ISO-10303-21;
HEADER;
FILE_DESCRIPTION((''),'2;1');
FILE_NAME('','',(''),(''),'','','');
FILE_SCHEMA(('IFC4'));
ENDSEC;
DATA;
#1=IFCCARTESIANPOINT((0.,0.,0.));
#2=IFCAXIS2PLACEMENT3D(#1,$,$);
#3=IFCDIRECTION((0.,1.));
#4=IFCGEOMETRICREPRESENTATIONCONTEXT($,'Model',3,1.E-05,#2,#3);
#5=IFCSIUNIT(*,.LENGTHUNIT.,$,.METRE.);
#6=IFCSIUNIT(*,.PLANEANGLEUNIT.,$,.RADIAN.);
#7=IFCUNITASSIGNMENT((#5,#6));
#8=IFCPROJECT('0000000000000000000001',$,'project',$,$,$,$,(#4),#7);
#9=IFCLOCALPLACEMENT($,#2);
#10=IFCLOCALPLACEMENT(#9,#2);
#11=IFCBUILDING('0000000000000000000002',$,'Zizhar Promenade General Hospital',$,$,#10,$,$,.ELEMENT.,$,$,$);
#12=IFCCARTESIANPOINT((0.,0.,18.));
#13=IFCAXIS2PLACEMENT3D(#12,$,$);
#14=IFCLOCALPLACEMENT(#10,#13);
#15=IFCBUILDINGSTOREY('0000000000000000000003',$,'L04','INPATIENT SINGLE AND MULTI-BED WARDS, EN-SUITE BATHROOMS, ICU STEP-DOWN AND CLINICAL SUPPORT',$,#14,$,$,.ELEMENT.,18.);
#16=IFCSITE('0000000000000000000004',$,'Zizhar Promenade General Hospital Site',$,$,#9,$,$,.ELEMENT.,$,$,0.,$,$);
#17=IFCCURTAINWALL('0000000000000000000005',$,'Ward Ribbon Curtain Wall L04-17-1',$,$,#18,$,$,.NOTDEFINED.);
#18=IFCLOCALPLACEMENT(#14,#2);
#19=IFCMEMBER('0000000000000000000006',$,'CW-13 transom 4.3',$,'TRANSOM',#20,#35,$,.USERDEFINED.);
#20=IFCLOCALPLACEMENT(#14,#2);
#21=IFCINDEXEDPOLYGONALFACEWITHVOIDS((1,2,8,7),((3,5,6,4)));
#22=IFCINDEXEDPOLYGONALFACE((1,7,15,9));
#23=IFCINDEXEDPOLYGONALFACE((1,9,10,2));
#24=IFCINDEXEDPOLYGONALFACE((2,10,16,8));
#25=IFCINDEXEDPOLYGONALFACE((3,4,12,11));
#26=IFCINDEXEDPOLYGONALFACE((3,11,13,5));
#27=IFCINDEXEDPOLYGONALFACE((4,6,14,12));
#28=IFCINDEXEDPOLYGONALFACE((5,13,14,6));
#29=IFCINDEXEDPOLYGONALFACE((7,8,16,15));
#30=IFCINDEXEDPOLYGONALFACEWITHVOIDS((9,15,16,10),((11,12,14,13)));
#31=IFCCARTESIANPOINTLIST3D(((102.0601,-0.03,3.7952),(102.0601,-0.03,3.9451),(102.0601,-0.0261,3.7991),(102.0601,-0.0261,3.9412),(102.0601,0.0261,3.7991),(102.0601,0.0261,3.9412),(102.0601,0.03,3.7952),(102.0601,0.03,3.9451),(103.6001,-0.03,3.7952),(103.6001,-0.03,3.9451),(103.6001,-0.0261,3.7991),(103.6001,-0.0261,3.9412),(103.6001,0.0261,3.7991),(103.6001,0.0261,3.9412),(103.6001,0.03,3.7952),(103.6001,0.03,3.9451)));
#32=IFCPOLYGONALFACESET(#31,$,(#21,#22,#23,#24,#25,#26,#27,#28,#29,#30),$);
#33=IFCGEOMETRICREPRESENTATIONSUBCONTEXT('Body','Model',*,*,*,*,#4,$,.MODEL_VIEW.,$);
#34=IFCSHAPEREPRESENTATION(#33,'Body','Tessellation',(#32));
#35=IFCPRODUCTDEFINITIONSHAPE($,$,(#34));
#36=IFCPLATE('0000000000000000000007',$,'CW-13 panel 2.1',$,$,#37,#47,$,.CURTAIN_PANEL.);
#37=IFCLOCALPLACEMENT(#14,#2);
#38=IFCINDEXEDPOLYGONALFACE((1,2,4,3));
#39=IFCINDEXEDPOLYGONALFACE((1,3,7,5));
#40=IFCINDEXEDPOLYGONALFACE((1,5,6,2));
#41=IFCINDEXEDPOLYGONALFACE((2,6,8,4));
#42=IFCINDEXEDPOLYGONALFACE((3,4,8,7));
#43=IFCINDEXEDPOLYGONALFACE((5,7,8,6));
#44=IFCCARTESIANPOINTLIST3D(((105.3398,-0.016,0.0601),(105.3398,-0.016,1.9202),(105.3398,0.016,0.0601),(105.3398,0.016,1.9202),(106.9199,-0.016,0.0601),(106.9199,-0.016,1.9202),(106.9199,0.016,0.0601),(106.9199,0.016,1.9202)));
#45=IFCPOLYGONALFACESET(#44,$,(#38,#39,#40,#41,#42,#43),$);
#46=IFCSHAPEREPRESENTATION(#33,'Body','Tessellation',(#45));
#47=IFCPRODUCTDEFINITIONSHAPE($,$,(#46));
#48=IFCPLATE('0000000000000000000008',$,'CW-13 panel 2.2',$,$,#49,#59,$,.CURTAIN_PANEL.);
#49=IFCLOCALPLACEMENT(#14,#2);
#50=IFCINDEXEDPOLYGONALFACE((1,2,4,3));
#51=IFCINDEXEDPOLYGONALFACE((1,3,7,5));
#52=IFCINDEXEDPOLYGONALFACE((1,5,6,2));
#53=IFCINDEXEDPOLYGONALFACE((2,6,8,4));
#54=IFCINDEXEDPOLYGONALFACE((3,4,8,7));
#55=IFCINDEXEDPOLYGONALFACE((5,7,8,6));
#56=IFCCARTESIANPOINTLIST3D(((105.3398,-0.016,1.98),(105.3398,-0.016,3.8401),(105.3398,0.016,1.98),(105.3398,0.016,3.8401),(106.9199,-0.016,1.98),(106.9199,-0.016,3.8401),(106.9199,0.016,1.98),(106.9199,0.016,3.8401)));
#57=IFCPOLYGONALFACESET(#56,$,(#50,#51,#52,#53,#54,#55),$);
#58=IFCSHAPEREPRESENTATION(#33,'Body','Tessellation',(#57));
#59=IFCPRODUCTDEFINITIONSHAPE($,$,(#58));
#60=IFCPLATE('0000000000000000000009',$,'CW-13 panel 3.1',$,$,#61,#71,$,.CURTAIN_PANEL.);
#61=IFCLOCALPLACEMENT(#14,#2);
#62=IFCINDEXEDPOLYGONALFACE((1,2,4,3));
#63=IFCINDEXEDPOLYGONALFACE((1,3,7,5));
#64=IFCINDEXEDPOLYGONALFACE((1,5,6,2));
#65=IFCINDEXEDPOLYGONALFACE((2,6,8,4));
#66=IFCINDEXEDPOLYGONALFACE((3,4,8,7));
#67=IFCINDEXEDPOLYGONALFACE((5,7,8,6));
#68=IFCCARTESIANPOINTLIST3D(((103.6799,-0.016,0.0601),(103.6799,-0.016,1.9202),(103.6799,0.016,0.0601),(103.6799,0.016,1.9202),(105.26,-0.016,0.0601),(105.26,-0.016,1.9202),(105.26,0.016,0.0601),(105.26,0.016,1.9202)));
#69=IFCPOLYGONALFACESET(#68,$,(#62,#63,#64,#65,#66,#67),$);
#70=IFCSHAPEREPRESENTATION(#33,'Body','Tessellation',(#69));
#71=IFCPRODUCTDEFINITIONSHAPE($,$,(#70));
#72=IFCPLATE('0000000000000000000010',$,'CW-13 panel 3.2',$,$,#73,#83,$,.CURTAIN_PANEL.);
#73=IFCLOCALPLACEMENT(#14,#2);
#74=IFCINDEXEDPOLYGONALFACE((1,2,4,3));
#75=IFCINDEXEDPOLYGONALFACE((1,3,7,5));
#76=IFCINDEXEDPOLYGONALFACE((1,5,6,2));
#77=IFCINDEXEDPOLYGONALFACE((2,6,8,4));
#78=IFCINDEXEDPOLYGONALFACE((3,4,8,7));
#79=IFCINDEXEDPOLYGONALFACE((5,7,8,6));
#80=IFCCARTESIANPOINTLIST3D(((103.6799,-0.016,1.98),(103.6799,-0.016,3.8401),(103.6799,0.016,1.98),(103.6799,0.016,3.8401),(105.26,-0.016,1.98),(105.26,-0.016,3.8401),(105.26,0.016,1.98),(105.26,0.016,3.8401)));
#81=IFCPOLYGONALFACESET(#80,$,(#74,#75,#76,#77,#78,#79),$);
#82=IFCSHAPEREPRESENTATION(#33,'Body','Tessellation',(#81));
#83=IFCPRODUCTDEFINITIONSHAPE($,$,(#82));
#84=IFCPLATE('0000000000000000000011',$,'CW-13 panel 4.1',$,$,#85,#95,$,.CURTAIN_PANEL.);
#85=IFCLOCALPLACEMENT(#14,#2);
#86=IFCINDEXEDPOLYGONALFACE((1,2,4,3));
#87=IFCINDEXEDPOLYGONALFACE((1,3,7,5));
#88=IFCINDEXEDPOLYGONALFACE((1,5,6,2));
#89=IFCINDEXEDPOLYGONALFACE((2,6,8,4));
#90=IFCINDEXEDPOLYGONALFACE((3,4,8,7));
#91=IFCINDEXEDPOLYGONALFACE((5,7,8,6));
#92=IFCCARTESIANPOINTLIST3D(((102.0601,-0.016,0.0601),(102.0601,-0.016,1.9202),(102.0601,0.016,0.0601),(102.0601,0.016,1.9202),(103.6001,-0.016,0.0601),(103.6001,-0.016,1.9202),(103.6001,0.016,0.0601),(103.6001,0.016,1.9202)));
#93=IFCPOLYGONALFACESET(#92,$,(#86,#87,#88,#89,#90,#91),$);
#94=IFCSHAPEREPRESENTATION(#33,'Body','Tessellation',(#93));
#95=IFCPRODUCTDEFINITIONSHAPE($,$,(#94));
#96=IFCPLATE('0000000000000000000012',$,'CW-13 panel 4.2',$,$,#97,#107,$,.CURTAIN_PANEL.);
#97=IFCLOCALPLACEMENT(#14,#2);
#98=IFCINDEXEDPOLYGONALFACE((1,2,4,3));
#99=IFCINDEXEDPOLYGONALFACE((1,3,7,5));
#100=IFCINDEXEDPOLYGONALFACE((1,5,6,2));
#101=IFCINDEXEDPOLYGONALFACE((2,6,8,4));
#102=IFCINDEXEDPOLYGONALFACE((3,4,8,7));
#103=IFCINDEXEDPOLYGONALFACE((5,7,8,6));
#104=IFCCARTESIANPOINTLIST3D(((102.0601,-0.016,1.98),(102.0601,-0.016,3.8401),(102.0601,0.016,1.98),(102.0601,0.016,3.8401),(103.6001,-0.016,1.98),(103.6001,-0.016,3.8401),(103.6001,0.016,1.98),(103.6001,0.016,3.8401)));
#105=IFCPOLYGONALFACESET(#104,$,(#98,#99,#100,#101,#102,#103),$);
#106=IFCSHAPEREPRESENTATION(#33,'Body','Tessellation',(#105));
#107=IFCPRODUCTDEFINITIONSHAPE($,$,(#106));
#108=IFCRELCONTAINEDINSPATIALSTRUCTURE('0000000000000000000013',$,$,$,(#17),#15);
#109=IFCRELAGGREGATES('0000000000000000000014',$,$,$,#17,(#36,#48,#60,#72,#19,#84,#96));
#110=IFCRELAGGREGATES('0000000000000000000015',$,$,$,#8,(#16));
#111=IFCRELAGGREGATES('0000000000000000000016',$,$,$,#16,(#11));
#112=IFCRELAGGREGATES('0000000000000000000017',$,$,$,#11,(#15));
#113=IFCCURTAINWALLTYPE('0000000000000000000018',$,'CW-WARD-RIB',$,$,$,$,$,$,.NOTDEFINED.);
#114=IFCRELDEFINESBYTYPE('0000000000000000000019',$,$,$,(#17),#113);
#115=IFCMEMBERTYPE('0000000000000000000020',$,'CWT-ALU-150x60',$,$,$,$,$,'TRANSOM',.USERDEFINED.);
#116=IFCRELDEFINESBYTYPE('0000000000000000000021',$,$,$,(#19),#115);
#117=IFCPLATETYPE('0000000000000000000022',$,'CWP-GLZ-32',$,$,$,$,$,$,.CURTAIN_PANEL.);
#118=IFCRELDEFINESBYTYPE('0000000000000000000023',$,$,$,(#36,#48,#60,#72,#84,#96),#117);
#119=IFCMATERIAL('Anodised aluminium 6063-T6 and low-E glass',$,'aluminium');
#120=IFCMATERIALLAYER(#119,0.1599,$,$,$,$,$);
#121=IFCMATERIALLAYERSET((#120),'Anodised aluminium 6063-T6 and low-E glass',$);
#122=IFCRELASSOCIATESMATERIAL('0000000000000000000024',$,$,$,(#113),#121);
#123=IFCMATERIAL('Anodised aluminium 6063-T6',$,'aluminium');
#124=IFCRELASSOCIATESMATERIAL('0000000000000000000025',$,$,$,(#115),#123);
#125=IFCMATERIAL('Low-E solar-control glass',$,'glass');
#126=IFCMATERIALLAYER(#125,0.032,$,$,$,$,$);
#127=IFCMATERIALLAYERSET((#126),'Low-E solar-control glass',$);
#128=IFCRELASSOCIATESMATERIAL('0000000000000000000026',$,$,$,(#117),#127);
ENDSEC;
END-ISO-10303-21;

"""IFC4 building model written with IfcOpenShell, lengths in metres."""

from ifc_helpers import new_model, si_unit, direction, frame, origin, origin_2d, place, context, subcontext, project, spatial, rectangle, hollow_rectangle, extrude, material, layer, layer_set, material_profile, profile_set, type_object, element, aggregate, save


model = new_model("IFC4")

# Units and contexts
model_context = context("Model", 3, precision=1e-05, world=origin(), true_north=direction((0.0, 1.0)))
body_context = subcontext(model_context, "Body", "Model", "MODEL_VIEW")
ifc_project = project(units=[si_unit("LENGTHUNIT", "METRE"), si_unit("PLANEANGLEUNIT", "RADIAN")], contexts=[model_context])

# Site, building, storey
site_placement = place(None, origin())
site = spatial("IfcSite", under=ifc_project, at=site_placement, Name="Zizhar Promenade General Hospital Site", CompositionType="ELEMENT", RefElevation=0.0)
building_placement = place(site_placement, origin())
building = spatial("IfcBuilding", under=site, at=building_placement, Name="Zizhar Promenade General Hospital", CompositionType="ELEMENT")
storey_placement = place(building_placement, frame((0.0, 0.0, 18.0)))
storey = spatial("IfcBuildingStorey", under=building, at=storey_placement, Name="L04", Description="INPATIENT SINGLE AND MULTI-BED WARDS, EN-SUITE BATHROOMS, ICU STEP-DOWN AND CLINICAL SUPPORT", CompositionType="ELEMENT", Elevation=18.0)

# Curtain wall, member, plates
ifc_material_1 = material(Name="Anodised aluminium 6063-T6 and low-E glass", Category="aluminium")
ifc_layer_1 = layer(ifc_material_1, 0.1599)
ifc_layer_set_1 = layer_set([ifc_layer_1], Name="Anodised aluminium 6063-T6 and low-E glass")
curtain_wall_type = type_object("IfcCurtainWallType", Name="CW-WARD-RIB", PredefinedType="NOTDEFINED", material=ifc_layer_set_1)
curtain_wall_placement = place(storey_placement, origin())
curtain_wall = element("IfcCurtainWall", 1, at=curtain_wall_placement, inside=storey, type_object=curtain_wall_type, Name="Ward Ribbon Curtain Wall L04-17-1", PredefinedType="NOTDEFINED")
ifc_material_2 = material(Name="Anodised aluminium 6063-T6", Category="aluminium")
ifc_material_profile_1 = material_profile(ifc_material_2, hollow_rectangle(XDim=0.0601, YDim=0.1499, WallThickness=0.0039, at=origin_2d()))
ifc_profile_set_1 = profile_set([ifc_material_profile_1], Name="Anodised aluminium 6063-T6")
member_type_1 = type_object("IfcMemberType", Name="CWT-ALU-150x60", ElementType="TRANSOM", PredefinedType="USERDEFINED", material=ifc_profile_set_1)
member_1_placement = place(storey_placement, frame((103.6001, 0.0, 3.8701), z_axis=(-1.0, 0.0, 0.0), x_axis=(0.0, -1.0, 0.0)))
member_1 = element("IfcMember", 2, at=member_1_placement, type_object=member_type_1, Name="CW-13 transom 4.3", ObjectType="TRANSOM", PredefinedType="USERDEFINED", context=body_context, shape_type="SweptSolid", body=[
    extrude(hollow_rectangle(XDim=0.0601, YDim=0.1499, WallThickness=0.0039, at=origin_2d()), origin(), (0.0, 0.0, 1.0), 1.54),
])
ifc_material_3 = material(Name="Low-E solar-control glass", Category="glass")
ifc_layer_2 = layer(ifc_material_3, 0.032)
ifc_layer_set_2 = layer_set([ifc_layer_2], Name="Low-E solar-control glass")
plate_type = type_object("IfcPlateType", Name="CWP-GLZ-32", PredefinedType="CURTAIN_PANEL", material=ifc_layer_set_2)
plate_1_placement = place(storey_placement, frame((106.1299, 0.0, 0.0601), z_axis=(0.0, 0.0, 1.0), x_axis=(-1.0, 0.0, 0.0)))
plate_1 = element("IfcPlate", 3, at=plate_1_placement, type_object=plate_type, Name="CW-13 panel 2.1", PredefinedType="CURTAIN_PANEL", context=body_context, shape_type="SweptSolid", body=[
    extrude(rectangle(XDim=1.5801, YDim=0.032, at=origin_2d()), origin(), (0.0, 0.0, 1.0), 1.8601),
])
plate_2_placement = place(storey_placement, frame((106.1299, 0.0, 1.98), z_axis=(0.0, 0.0, 1.0), x_axis=(-1.0, 0.0, 0.0)))
plate_2 = element("IfcPlate", 4, at=plate_2_placement, type_object=plate_type, Name="CW-13 panel 2.2", PredefinedType="CURTAIN_PANEL", context=body_context, shape_type="SweptSolid", body=[
    extrude(rectangle(XDim=1.5801, YDim=0.032, at=origin_2d()), origin(), (0.0, 0.0, 1.0), 1.8601),
])
plate_3_placement = place(storey_placement, frame((104.47, 0.0, 0.0601), z_axis=(0.0, 0.0, 1.0), x_axis=(-1.0, 0.0, 0.0)))
plate_3 = element("IfcPlate", 5, at=plate_3_placement, type_object=plate_type, Name="CW-13 panel 3.1", PredefinedType="CURTAIN_PANEL", context=body_context, shape_type="SweptSolid", body=[
    extrude(rectangle(XDim=1.5801, YDim=0.032, at=origin_2d()), origin(), (0.0, 0.0, 1.0), 1.8601),
])
plate_4_placement = place(storey_placement, frame((104.47, 0.0, 1.98), z_axis=(0.0, 0.0, 1.0), x_axis=(-1.0, 0.0, 0.0)))
plate_4 = element("IfcPlate", 6, at=plate_4_placement, type_object=plate_type, Name="CW-13 panel 3.2", PredefinedType="CURTAIN_PANEL", context=body_context, shape_type="SweptSolid", body=[
    extrude(rectangle(XDim=1.5801, YDim=0.032, at=origin_2d()), origin(), (0.0, 0.0, 1.0), 1.8601),
])
plate_5_placement = place(storey_placement, frame((102.8301, 0.0, 0.0601), z_axis=(0.0, 0.0, 1.0), x_axis=(-1.0, 0.0, 0.0)))
plate_5 = element("IfcPlate", 7, at=plate_5_placement, type_object=plate_type, Name="CW-13 panel 4.1", PredefinedType="CURTAIN_PANEL", context=body_context, shape_type="SweptSolid", body=[
    extrude(rectangle(XDim=1.54, YDim=0.032, at=origin_2d()), origin(), (0.0, 0.0, 1.0), 1.8601),
])
plate_6_placement = place(storey_placement, frame((102.8301, 0.0, 1.98), z_axis=(0.0, 0.0, 1.0), x_axis=(-1.0, 0.0, 0.0)))
plate_6 = element("IfcPlate", 8, at=plate_6_placement, type_object=plate_type, Name="CW-13 panel 4.2", PredefinedType="CURTAIN_PANEL", context=body_context, shape_type="SweptSolid", body=[
    extrude(rectangle(XDim=1.54, YDim=0.032, at=origin_2d()), origin(), (0.0, 0.0, 1.0), 1.8601),
])
aggregate(curtain_wall, [plate_1, plate_2, plate_3, plate_4, member_1, plate_5, plate_6])

save(model, "model.ifc")
